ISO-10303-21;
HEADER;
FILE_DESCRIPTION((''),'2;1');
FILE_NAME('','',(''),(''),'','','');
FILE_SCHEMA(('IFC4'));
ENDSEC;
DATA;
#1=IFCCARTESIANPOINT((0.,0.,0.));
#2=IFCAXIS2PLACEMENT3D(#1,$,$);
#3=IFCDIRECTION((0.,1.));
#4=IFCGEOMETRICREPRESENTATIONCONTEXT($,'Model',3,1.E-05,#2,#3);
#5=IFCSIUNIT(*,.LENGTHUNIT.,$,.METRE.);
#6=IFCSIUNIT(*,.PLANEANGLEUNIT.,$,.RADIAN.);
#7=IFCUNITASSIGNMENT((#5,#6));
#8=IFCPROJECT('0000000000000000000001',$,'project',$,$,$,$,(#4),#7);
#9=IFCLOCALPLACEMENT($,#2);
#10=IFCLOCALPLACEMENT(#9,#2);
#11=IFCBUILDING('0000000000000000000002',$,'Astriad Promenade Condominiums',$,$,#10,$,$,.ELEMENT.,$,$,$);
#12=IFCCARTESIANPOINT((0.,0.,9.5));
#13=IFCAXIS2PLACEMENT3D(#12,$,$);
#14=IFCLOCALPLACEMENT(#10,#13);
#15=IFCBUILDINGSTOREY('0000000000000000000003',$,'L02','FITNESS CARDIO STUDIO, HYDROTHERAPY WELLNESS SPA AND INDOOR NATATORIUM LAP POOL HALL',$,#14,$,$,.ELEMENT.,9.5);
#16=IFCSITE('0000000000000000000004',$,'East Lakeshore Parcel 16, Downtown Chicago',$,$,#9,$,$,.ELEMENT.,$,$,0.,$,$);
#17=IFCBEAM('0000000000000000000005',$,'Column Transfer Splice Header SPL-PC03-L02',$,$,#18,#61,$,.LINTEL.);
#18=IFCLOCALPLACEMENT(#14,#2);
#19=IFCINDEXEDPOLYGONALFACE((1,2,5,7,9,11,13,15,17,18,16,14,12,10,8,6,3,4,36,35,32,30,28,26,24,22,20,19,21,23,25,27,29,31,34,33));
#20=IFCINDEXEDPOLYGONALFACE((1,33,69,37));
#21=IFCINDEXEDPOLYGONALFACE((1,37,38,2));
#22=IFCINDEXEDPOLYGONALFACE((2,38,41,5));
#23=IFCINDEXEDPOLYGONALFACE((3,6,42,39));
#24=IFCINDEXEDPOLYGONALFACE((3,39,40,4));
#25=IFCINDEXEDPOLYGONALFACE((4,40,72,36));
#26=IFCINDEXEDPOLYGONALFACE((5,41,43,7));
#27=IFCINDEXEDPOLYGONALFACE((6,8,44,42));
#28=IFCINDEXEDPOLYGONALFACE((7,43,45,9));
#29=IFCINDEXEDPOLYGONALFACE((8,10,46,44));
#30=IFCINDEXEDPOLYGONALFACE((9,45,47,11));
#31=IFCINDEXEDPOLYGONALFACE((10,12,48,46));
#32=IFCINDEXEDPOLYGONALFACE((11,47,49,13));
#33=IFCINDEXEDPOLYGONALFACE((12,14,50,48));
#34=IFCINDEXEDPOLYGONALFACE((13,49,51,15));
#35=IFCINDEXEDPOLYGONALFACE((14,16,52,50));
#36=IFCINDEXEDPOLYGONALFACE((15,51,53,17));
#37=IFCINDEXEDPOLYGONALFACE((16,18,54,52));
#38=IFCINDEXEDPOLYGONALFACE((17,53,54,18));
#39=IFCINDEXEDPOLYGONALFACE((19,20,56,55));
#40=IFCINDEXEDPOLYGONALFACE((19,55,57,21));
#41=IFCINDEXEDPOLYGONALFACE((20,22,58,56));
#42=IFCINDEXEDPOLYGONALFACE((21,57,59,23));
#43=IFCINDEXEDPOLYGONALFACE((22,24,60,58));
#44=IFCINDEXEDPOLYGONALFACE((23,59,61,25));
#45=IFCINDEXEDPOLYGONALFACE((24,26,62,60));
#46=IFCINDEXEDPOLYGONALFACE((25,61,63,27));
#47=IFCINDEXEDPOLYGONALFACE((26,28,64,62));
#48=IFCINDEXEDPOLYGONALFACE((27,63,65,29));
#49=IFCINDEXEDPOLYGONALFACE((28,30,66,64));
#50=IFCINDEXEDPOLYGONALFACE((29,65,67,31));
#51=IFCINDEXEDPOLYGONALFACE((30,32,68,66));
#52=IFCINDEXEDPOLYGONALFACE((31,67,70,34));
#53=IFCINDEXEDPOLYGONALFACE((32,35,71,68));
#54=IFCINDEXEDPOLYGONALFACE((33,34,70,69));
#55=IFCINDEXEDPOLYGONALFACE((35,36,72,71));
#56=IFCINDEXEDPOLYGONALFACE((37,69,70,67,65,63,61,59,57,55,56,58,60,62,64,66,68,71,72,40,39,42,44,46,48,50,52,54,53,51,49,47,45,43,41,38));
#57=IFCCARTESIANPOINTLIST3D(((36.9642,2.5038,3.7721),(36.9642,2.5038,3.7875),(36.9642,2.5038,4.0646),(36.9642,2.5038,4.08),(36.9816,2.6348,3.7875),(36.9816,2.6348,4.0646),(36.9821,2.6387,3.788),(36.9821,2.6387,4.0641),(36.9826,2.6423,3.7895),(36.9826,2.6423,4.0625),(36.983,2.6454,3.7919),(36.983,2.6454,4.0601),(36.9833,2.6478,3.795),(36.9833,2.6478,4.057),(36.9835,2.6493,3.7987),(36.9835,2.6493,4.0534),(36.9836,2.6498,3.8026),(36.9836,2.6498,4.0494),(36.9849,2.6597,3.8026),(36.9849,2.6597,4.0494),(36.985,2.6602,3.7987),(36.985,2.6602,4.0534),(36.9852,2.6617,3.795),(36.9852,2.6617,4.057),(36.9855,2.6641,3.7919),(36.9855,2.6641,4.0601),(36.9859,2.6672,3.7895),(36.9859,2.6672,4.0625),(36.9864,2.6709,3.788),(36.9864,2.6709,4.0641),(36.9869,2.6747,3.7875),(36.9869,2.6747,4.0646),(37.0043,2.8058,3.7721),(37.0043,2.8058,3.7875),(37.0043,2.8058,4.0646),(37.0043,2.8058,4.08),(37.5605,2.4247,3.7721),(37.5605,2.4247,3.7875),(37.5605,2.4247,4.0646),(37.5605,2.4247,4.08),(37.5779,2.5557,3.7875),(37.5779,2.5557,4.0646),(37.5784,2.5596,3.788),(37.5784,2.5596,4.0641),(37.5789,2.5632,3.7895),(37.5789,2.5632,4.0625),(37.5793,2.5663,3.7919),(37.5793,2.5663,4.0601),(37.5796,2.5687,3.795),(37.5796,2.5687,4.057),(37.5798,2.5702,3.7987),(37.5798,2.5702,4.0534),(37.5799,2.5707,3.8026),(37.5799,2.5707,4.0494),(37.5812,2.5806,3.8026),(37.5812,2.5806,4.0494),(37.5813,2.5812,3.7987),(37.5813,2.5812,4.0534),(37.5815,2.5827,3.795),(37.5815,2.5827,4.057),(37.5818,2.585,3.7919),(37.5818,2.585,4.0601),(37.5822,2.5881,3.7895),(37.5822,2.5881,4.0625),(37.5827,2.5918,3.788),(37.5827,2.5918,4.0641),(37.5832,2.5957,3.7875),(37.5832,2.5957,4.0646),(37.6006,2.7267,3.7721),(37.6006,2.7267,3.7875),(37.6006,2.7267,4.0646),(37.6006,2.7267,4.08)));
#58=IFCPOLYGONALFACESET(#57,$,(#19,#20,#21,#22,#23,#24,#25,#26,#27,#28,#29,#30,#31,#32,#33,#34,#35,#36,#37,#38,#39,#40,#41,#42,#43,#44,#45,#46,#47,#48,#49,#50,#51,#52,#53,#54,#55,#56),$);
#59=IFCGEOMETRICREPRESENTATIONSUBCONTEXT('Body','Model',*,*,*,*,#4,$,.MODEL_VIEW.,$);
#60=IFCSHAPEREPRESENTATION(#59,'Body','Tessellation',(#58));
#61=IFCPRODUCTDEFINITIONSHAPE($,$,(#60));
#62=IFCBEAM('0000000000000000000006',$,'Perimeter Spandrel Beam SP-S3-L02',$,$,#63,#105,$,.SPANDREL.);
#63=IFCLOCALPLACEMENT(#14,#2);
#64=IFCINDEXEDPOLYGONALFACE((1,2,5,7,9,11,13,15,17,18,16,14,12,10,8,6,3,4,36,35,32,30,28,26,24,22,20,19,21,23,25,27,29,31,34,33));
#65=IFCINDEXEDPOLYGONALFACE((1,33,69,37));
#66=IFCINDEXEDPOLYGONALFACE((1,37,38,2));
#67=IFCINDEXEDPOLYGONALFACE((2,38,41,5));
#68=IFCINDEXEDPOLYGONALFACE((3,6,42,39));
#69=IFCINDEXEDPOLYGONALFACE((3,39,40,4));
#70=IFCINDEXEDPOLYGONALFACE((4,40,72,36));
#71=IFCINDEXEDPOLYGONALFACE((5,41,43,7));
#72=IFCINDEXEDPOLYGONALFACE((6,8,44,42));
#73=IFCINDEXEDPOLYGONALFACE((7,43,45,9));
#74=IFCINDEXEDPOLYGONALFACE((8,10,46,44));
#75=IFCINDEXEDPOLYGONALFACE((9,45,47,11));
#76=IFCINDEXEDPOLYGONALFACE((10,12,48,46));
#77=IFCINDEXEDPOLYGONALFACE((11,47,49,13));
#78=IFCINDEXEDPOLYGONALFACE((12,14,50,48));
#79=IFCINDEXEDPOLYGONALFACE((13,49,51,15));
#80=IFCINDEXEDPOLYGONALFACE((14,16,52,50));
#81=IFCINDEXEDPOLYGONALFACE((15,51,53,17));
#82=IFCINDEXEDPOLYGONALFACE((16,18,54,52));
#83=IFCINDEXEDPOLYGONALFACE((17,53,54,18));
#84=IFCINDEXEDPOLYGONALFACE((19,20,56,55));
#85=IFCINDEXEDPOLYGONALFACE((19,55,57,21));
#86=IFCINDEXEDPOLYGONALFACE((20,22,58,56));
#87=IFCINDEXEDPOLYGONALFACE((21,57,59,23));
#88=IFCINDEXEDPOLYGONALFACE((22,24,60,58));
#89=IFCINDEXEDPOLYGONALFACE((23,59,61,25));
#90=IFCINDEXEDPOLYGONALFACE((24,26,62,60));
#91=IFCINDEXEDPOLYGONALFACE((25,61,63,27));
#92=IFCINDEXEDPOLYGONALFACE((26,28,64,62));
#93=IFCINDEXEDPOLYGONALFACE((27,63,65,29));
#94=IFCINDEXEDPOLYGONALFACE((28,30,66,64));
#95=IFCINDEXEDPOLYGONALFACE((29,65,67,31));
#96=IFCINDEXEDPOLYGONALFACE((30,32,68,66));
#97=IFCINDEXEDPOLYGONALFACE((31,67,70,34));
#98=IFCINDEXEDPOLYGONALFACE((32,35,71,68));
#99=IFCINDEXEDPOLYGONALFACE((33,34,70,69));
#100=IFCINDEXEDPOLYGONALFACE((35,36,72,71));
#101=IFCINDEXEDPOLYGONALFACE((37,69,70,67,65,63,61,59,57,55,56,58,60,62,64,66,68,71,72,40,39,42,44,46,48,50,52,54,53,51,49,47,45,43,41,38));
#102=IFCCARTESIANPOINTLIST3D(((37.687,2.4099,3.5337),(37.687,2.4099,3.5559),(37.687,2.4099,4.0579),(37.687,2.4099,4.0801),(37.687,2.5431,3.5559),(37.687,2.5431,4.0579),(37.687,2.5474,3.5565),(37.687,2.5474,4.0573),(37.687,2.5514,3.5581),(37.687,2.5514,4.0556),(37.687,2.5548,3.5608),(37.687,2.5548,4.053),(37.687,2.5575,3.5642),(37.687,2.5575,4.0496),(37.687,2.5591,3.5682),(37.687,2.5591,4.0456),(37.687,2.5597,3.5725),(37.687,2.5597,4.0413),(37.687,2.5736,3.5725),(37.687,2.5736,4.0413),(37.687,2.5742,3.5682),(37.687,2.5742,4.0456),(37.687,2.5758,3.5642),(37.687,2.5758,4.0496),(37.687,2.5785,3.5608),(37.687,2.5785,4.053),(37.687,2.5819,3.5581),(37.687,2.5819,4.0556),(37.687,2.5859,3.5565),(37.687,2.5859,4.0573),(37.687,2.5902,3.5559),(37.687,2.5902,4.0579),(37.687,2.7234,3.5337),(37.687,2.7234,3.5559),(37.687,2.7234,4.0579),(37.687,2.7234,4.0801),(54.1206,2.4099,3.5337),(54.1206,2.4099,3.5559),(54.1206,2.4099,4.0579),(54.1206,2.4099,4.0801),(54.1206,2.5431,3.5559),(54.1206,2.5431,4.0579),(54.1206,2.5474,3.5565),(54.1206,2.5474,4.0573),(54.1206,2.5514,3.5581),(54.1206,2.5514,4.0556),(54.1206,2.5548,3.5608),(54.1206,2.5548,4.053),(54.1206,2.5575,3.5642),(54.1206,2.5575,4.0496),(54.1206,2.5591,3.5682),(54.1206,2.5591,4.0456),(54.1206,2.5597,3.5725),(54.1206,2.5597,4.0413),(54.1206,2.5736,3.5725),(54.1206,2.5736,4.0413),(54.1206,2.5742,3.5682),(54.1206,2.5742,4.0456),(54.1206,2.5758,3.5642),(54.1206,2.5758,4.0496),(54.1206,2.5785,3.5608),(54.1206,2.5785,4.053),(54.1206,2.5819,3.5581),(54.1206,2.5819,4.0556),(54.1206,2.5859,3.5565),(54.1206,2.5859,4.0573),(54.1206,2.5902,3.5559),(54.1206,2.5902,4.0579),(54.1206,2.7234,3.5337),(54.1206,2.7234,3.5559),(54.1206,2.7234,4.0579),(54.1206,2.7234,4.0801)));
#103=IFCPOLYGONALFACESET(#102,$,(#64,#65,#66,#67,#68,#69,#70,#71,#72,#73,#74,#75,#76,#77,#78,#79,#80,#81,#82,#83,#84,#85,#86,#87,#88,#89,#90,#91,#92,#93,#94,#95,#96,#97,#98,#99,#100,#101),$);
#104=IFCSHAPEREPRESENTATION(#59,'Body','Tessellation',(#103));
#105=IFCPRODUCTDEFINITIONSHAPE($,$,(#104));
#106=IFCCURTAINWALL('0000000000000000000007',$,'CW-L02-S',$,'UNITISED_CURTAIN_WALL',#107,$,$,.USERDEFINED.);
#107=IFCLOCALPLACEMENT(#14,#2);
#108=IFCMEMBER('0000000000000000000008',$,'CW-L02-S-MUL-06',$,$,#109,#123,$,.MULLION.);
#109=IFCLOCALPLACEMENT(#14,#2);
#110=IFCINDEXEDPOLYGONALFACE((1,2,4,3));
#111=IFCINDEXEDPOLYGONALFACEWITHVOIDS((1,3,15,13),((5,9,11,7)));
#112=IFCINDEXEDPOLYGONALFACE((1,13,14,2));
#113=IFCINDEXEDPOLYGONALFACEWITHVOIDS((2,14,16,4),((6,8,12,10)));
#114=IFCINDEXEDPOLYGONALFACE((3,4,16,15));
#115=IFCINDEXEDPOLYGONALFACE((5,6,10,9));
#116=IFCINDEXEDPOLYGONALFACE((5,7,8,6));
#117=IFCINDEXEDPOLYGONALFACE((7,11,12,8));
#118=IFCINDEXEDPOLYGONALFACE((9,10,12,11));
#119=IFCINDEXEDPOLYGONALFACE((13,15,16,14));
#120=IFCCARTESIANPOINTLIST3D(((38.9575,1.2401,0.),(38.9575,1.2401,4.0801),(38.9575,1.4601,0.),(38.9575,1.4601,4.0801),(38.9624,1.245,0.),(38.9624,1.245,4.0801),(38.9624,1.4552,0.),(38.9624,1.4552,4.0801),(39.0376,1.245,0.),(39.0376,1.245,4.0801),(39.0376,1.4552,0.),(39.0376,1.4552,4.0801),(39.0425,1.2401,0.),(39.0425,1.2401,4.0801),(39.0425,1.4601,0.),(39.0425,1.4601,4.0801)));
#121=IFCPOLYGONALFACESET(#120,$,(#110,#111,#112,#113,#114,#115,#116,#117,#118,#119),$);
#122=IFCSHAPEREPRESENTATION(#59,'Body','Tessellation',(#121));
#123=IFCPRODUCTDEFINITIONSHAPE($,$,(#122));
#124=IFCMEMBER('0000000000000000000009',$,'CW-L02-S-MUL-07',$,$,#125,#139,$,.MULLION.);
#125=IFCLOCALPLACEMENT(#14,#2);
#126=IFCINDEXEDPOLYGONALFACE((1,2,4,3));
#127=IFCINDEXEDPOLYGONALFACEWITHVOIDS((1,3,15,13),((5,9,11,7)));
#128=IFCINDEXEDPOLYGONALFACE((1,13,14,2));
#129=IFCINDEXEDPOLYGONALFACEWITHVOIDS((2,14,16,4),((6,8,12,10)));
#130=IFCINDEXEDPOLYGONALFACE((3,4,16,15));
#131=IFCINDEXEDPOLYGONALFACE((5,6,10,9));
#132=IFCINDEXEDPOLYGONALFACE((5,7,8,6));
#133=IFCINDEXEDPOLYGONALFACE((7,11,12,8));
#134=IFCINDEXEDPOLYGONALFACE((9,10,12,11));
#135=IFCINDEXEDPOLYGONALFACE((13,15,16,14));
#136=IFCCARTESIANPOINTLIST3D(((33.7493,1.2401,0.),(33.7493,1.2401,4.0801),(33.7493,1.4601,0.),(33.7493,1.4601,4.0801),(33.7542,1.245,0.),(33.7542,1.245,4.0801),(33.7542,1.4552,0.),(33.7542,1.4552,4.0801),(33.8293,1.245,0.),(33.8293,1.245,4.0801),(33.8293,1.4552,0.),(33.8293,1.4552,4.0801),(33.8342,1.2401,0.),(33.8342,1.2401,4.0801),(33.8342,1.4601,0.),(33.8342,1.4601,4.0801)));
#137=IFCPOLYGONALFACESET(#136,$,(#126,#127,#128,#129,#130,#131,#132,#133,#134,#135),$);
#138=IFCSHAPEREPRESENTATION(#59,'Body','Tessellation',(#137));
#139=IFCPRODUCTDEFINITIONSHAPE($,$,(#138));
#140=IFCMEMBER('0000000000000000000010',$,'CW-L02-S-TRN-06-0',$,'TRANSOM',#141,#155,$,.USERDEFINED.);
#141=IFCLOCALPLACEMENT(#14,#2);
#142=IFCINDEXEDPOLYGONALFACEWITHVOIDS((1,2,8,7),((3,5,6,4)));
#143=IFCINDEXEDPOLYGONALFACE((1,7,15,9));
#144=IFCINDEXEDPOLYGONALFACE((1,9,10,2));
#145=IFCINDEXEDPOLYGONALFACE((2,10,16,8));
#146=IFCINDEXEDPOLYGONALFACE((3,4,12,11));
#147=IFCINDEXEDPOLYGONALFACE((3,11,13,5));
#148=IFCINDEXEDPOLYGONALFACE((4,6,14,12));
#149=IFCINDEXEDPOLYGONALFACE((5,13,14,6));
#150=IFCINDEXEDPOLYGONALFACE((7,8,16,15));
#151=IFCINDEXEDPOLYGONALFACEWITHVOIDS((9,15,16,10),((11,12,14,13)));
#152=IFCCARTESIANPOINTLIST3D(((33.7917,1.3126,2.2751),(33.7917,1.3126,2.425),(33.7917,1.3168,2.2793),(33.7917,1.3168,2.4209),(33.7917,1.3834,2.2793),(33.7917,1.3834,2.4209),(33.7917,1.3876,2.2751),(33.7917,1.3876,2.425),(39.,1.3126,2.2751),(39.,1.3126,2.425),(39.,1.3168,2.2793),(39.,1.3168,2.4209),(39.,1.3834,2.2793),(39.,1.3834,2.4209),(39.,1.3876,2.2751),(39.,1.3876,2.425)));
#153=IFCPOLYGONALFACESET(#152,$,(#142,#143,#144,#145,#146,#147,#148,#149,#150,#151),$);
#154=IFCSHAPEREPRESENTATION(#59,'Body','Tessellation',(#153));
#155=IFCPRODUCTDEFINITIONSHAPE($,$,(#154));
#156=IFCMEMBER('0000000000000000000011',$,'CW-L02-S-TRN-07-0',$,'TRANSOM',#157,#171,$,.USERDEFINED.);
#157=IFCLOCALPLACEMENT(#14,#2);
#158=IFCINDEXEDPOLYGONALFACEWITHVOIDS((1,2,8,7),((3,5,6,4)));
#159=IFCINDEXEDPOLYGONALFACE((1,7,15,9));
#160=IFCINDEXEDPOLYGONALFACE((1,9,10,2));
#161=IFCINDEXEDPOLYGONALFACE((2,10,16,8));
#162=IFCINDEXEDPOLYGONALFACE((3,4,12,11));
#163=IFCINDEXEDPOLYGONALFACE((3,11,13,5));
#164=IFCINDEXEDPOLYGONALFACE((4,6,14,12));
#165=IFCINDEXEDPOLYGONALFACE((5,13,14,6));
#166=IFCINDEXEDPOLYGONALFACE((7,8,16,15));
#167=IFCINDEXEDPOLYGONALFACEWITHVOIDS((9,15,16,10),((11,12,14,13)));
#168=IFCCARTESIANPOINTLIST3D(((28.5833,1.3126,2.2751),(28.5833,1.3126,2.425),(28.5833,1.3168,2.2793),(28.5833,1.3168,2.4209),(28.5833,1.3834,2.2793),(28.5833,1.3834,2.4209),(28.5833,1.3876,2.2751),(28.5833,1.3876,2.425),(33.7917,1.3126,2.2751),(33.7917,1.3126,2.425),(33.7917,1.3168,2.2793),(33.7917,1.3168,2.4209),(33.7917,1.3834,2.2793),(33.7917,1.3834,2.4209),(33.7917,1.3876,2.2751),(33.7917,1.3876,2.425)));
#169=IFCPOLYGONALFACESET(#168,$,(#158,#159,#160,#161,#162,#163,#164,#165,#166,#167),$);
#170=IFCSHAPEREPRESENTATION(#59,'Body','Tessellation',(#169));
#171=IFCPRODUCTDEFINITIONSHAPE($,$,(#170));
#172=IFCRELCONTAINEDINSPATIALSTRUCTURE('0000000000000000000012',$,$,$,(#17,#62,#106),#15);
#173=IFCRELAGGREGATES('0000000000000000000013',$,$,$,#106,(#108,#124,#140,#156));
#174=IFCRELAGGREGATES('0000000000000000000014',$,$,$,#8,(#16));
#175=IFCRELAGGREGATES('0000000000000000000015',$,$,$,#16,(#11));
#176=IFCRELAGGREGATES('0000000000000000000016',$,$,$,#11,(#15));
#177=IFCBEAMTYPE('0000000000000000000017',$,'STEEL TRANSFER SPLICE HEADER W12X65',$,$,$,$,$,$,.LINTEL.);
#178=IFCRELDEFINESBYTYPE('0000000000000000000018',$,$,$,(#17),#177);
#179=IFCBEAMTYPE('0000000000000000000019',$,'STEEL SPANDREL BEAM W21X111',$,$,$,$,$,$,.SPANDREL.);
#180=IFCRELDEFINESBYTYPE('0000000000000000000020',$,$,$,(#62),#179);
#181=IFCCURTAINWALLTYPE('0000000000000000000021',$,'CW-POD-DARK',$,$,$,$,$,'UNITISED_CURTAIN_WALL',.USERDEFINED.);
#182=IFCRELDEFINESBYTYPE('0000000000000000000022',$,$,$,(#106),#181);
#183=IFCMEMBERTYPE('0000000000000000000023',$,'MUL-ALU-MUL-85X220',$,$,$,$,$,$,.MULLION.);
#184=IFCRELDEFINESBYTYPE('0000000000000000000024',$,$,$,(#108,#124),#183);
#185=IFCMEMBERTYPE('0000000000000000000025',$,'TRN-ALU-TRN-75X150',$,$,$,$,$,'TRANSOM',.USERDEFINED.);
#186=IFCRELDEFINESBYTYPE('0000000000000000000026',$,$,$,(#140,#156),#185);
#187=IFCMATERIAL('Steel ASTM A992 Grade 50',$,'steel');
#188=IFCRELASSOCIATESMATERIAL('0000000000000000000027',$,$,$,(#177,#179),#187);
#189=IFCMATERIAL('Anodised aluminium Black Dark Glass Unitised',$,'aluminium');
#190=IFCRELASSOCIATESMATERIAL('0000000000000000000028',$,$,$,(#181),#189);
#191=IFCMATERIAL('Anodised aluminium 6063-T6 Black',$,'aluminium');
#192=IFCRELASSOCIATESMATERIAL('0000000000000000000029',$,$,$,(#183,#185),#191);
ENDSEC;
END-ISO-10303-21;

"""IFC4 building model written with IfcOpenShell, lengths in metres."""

from ifc_helpers import new_model, si_unit, direction, frame, origin, origin_2d, place, context, subcontext, project, spatial, hollow_rectangle, i_section, extrude, source, transform, mapped, material, material_profile, profile_set, type_object, type_shapes, element, aggregate, save


model = new_model("IFC4")

# Units and contexts
model_context = context("Model", 3, precision=1e-05, world=origin(), true_north=direction((0.0, 1.0)))
body_context = subcontext(model_context, "Body", "Model", "MODEL_VIEW")
ifc_project = project(units=[si_unit("LENGTHUNIT", "METRE"), si_unit("PLANEANGLEUNIT", "RADIAN")], contexts=[model_context])

# Site, building, storey
site_placement = place(None, origin())
site = spatial("IfcSite", under=ifc_project, at=site_placement, Name="East Lakeshore Parcel 16, Downtown Chicago", CompositionType="ELEMENT", RefElevation=0.0)
building_placement = place(site_placement, origin())
building = spatial("IfcBuilding", under=site, at=building_placement, Name="Astriad Promenade Condominiums", CompositionType="ELEMENT")
storey_placement = place(building_placement, frame((0.0, 0.0, 9.5)))
storey = spatial("IfcBuildingStorey", under=building, at=storey_placement, Name="L02", Description="FITNESS CARDIO STUDIO, HYDROTHERAPY WELLNESS SPA AND INDOOR NATATORIUM LAP POOL HALL", CompositionType="ELEMENT", Elevation=9.5)

# Shared definitions
ifc_material_1 = material(Name="Steel ASTM A992 Grade 50", Category="steel")

# Beams
ifc_material_profile_1 = material_profile(ifc_material_1, i_section(OverallWidth=0.3047, OverallDepth=0.3079, WebThickness=0.01, FlangeThickness=0.0154, FilletRadius=0.0151, at=origin_2d()), Name="W12X65")
ifc_profile_set_1 = profile_set([ifc_material_profile_1], Name="Steel ASTM A992 Grade 50")
beam_type_1 = type_object("IfcBeamType", Name="STEEL TRANSFER SPLICE HEADER W12X65", PredefinedType="LINTEL", material=ifc_profile_set_1)
shared_shape_1 = source(origin(), body_context, "Body", "SweptSolid", [
    extrude(i_section(OverallWidth=0.3047, OverallDepth=0.3079, WebThickness=0.01, FlangeThickness=0.0154, FilletRadius=0.0151, at=origin_2d()), origin(), (0.0, 0.0, 1.0), 0.6016),
])
type_shapes(beam_type_1, [shared_shape_1])
beam_1_placement = place(storey_placement, frame((37.5806, 2.5757, 3.926), z_axis=(-0.99132, 0.131473, 0.0), x_axis=(-0.131473, -0.99132, 0.0)))
element("IfcBeam", 1, at=beam_1_placement, inside=storey, type_object=beam_type_1, Name="Column Transfer Splice Header SPL-PC03-L02", PredefinedType="LINTEL", context=body_context, shape_type="MappedRepresentation", body=[
    mapped(shared_shape_1, transform((0.0, 0.0, 0.0), scale=1.0)),
])
ifc_material_profile_2 = material_profile(ifc_material_1, i_section(OverallWidth=0.3135, OverallDepth=0.5464, WebThickness=0.0139, FlangeThickness=0.0222, FilletRadius=0.0166, at=origin_2d()), Name="W21X111")
ifc_profile_set_2 = profile_set([ifc_material_profile_2], Name="Steel ASTM A992 Grade 50")
beam_type_2 = type_object("IfcBeamType", Name="STEEL SPANDREL BEAM W21X111", PredefinedType="SPANDREL", material=ifc_profile_set_2)
shared_shape_2 = source(origin(), body_context, "Body", "SweptSolid", [
    extrude(i_section(OverallWidth=0.3135, OverallDepth=0.5464, WebThickness=0.0139, FlangeThickness=0.0222, FilletRadius=0.0166, at=origin_2d()), origin(), (0.0, 0.0, 1.0), 16.4336),
])
type_shapes(beam_type_2, [shared_shape_2])
beam_2_placement = place(storey_placement, frame((37.687, 2.5667, 3.8069), z_axis=(1.0, 0.0, 0.0), x_axis=(0.0, 1.0, 0.0)))
element("IfcBeam", 2, at=beam_2_placement, inside=storey, type_object=beam_type_2, Name="Perimeter Spandrel Beam SP-S3-L02", PredefinedType="SPANDREL", context=body_context, shape_type="MappedRepresentation", body=[
    mapped(shared_shape_2, transform((0.0, 0.0, 0.0), scale=1.0)),
])

# Curtain wall, members
ifc_material_2 = material(Name="Anodised aluminium Black Dark Glass Unitised", Category="aluminium")
curtain_wall_type = type_object("IfcCurtainWallType", Name="CW-POD-DARK", ElementType="UNITISED_CURTAIN_WALL", PredefinedType="USERDEFINED", material=ifc_material_2)
curtain_wall_placement = place(storey_placement, origin())
curtain_wall = element("IfcCurtainWall", 3, at=curtain_wall_placement, inside=storey, type_object=curtain_wall_type, Name="CW-L02-S", ObjectType="UNITISED_CURTAIN_WALL", PredefinedType="USERDEFINED")
ifc_material_3 = material(Name="Anodised aluminium 6063-T6 Black", Category="aluminium")
ifc_material_profile_3 = material_profile(ifc_material_3, hollow_rectangle(XDim=0.085, YDim=0.22, WallThickness=0.0049, at=origin_2d()), Name="ALU-MUL-85X220")
ifc_profile_set_3 = profile_set([ifc_material_profile_3], Name="Anodised aluminium 6063-T6 Black")
member_type_1 = type_object("IfcMemberType", Name="MUL-ALU-MUL-85X220", PredefinedType="MULLION", material=ifc_profile_set_3)
shared_shape_3 = source(origin(), body_context, "Body", "SweptSolid", [
    extrude(hollow_rectangle(XDim=0.085, YDim=0.22, WallThickness=0.0049, at=origin_2d()), origin(), (0.0, 0.0, 1.0), 4.0801),
])
type_shapes(member_type_1, [shared_shape_3])
member_1_placement = place(storey_placement, frame((39.0, 1.3501, 0.0), z_axis=(0.0, 0.0, 1.0), x_axis=(1.0, 0.0, 0.0)))
member_1 = element("IfcMember", 4, at=member_1_placement, type_object=member_type_1, Name="CW-L02-S-MUL-06", PredefinedType="MULLION", context=body_context, shape_type="MappedRepresentation", body=[
    mapped(shared_shape_3, transform((0.0, 0.0, 0.0), scale=1.0)),
])
member_2_placement = place(storey_placement, frame((33.7917, 1.3501, 0.0), z_axis=(0.0, 0.0, 1.0), x_axis=(1.0, 0.0, 0.0)))
member_2 = element("IfcMember", 5, at=member_2_placement, type_object=member_type_1, Name="CW-L02-S-MUL-07", PredefinedType="MULLION", context=body_context, shape_type="MappedRepresentation", body=[
    mapped(shared_shape_3, transform((0.0, 0.0, 0.0), scale=1.0)),
])
ifc_material_profile_4 = material_profile(ifc_material_3, hollow_rectangle(XDim=0.075, YDim=0.1499, WallThickness=0.0042, at=origin_2d()), Name="ALU-TRN-75X150")
ifc_profile_set_4 = profile_set([ifc_material_profile_4], Name="Anodised aluminium 6063-T6 Black")
member_type_2 = type_object("IfcMemberType", Name="TRN-ALU-TRN-75X150", ElementType="TRANSOM", PredefinedType="USERDEFINED", material=ifc_profile_set_4)
shared_shape_4 = source(origin(), body_context, "Body", "SweptSolid", [
    extrude(hollow_rectangle(XDim=0.075, YDim=0.1499, WallThickness=0.0042, at=origin_2d()), origin(), (0.0, 0.0, 1.0), 5.2083),
])
member_3_placement = place(storey_placement, frame((39.0, 1.3501, 2.3501), z_axis=(-1.0, 0.0, 0.0), x_axis=(0.0, -1.0, 0.0)))
member_3 = element("IfcMember", 6, at=member_3_placement, type_object=member_type_2, Name="CW-L02-S-TRN-06-0", ObjectType="TRANSOM", PredefinedType="USERDEFINED", context=body_context, shape_type="MappedRepresentation", body=[
    mapped(shared_shape_4, transform((0.0, 0.0, 0.0), scale=1.0)),
])
shared_shape_5 = source(origin(), body_context, "Body", "SweptSolid", [
    extrude(hollow_rectangle(XDim=0.075, YDim=0.1499, WallThickness=0.0042, at=origin_2d()), origin(), (0.0, 0.0, 1.0), 5.2085),
])
type_shapes(member_type_2, [shared_shape_4, shared_shape_5])
member_4_placement = place(storey_placement, frame((33.7917, 1.3501, 2.3501), z_axis=(-1.0, 0.0, 0.0), x_axis=(0.0, -1.0, 0.0)))
member_4 = element("IfcMember", 7, at=member_4_placement, type_object=member_type_2, Name="CW-L02-S-TRN-07-0", ObjectType="TRANSOM", PredefinedType="USERDEFINED", context=body_context, shape_type="MappedRepresentation", body=[
    mapped(shared_shape_5, transform((0.0, 0.0, 0.0), scale=1.0)),
])

aggregate(curtain_wall, [member_1, member_2, member_3, member_4])

save(model, "model.ifc")
